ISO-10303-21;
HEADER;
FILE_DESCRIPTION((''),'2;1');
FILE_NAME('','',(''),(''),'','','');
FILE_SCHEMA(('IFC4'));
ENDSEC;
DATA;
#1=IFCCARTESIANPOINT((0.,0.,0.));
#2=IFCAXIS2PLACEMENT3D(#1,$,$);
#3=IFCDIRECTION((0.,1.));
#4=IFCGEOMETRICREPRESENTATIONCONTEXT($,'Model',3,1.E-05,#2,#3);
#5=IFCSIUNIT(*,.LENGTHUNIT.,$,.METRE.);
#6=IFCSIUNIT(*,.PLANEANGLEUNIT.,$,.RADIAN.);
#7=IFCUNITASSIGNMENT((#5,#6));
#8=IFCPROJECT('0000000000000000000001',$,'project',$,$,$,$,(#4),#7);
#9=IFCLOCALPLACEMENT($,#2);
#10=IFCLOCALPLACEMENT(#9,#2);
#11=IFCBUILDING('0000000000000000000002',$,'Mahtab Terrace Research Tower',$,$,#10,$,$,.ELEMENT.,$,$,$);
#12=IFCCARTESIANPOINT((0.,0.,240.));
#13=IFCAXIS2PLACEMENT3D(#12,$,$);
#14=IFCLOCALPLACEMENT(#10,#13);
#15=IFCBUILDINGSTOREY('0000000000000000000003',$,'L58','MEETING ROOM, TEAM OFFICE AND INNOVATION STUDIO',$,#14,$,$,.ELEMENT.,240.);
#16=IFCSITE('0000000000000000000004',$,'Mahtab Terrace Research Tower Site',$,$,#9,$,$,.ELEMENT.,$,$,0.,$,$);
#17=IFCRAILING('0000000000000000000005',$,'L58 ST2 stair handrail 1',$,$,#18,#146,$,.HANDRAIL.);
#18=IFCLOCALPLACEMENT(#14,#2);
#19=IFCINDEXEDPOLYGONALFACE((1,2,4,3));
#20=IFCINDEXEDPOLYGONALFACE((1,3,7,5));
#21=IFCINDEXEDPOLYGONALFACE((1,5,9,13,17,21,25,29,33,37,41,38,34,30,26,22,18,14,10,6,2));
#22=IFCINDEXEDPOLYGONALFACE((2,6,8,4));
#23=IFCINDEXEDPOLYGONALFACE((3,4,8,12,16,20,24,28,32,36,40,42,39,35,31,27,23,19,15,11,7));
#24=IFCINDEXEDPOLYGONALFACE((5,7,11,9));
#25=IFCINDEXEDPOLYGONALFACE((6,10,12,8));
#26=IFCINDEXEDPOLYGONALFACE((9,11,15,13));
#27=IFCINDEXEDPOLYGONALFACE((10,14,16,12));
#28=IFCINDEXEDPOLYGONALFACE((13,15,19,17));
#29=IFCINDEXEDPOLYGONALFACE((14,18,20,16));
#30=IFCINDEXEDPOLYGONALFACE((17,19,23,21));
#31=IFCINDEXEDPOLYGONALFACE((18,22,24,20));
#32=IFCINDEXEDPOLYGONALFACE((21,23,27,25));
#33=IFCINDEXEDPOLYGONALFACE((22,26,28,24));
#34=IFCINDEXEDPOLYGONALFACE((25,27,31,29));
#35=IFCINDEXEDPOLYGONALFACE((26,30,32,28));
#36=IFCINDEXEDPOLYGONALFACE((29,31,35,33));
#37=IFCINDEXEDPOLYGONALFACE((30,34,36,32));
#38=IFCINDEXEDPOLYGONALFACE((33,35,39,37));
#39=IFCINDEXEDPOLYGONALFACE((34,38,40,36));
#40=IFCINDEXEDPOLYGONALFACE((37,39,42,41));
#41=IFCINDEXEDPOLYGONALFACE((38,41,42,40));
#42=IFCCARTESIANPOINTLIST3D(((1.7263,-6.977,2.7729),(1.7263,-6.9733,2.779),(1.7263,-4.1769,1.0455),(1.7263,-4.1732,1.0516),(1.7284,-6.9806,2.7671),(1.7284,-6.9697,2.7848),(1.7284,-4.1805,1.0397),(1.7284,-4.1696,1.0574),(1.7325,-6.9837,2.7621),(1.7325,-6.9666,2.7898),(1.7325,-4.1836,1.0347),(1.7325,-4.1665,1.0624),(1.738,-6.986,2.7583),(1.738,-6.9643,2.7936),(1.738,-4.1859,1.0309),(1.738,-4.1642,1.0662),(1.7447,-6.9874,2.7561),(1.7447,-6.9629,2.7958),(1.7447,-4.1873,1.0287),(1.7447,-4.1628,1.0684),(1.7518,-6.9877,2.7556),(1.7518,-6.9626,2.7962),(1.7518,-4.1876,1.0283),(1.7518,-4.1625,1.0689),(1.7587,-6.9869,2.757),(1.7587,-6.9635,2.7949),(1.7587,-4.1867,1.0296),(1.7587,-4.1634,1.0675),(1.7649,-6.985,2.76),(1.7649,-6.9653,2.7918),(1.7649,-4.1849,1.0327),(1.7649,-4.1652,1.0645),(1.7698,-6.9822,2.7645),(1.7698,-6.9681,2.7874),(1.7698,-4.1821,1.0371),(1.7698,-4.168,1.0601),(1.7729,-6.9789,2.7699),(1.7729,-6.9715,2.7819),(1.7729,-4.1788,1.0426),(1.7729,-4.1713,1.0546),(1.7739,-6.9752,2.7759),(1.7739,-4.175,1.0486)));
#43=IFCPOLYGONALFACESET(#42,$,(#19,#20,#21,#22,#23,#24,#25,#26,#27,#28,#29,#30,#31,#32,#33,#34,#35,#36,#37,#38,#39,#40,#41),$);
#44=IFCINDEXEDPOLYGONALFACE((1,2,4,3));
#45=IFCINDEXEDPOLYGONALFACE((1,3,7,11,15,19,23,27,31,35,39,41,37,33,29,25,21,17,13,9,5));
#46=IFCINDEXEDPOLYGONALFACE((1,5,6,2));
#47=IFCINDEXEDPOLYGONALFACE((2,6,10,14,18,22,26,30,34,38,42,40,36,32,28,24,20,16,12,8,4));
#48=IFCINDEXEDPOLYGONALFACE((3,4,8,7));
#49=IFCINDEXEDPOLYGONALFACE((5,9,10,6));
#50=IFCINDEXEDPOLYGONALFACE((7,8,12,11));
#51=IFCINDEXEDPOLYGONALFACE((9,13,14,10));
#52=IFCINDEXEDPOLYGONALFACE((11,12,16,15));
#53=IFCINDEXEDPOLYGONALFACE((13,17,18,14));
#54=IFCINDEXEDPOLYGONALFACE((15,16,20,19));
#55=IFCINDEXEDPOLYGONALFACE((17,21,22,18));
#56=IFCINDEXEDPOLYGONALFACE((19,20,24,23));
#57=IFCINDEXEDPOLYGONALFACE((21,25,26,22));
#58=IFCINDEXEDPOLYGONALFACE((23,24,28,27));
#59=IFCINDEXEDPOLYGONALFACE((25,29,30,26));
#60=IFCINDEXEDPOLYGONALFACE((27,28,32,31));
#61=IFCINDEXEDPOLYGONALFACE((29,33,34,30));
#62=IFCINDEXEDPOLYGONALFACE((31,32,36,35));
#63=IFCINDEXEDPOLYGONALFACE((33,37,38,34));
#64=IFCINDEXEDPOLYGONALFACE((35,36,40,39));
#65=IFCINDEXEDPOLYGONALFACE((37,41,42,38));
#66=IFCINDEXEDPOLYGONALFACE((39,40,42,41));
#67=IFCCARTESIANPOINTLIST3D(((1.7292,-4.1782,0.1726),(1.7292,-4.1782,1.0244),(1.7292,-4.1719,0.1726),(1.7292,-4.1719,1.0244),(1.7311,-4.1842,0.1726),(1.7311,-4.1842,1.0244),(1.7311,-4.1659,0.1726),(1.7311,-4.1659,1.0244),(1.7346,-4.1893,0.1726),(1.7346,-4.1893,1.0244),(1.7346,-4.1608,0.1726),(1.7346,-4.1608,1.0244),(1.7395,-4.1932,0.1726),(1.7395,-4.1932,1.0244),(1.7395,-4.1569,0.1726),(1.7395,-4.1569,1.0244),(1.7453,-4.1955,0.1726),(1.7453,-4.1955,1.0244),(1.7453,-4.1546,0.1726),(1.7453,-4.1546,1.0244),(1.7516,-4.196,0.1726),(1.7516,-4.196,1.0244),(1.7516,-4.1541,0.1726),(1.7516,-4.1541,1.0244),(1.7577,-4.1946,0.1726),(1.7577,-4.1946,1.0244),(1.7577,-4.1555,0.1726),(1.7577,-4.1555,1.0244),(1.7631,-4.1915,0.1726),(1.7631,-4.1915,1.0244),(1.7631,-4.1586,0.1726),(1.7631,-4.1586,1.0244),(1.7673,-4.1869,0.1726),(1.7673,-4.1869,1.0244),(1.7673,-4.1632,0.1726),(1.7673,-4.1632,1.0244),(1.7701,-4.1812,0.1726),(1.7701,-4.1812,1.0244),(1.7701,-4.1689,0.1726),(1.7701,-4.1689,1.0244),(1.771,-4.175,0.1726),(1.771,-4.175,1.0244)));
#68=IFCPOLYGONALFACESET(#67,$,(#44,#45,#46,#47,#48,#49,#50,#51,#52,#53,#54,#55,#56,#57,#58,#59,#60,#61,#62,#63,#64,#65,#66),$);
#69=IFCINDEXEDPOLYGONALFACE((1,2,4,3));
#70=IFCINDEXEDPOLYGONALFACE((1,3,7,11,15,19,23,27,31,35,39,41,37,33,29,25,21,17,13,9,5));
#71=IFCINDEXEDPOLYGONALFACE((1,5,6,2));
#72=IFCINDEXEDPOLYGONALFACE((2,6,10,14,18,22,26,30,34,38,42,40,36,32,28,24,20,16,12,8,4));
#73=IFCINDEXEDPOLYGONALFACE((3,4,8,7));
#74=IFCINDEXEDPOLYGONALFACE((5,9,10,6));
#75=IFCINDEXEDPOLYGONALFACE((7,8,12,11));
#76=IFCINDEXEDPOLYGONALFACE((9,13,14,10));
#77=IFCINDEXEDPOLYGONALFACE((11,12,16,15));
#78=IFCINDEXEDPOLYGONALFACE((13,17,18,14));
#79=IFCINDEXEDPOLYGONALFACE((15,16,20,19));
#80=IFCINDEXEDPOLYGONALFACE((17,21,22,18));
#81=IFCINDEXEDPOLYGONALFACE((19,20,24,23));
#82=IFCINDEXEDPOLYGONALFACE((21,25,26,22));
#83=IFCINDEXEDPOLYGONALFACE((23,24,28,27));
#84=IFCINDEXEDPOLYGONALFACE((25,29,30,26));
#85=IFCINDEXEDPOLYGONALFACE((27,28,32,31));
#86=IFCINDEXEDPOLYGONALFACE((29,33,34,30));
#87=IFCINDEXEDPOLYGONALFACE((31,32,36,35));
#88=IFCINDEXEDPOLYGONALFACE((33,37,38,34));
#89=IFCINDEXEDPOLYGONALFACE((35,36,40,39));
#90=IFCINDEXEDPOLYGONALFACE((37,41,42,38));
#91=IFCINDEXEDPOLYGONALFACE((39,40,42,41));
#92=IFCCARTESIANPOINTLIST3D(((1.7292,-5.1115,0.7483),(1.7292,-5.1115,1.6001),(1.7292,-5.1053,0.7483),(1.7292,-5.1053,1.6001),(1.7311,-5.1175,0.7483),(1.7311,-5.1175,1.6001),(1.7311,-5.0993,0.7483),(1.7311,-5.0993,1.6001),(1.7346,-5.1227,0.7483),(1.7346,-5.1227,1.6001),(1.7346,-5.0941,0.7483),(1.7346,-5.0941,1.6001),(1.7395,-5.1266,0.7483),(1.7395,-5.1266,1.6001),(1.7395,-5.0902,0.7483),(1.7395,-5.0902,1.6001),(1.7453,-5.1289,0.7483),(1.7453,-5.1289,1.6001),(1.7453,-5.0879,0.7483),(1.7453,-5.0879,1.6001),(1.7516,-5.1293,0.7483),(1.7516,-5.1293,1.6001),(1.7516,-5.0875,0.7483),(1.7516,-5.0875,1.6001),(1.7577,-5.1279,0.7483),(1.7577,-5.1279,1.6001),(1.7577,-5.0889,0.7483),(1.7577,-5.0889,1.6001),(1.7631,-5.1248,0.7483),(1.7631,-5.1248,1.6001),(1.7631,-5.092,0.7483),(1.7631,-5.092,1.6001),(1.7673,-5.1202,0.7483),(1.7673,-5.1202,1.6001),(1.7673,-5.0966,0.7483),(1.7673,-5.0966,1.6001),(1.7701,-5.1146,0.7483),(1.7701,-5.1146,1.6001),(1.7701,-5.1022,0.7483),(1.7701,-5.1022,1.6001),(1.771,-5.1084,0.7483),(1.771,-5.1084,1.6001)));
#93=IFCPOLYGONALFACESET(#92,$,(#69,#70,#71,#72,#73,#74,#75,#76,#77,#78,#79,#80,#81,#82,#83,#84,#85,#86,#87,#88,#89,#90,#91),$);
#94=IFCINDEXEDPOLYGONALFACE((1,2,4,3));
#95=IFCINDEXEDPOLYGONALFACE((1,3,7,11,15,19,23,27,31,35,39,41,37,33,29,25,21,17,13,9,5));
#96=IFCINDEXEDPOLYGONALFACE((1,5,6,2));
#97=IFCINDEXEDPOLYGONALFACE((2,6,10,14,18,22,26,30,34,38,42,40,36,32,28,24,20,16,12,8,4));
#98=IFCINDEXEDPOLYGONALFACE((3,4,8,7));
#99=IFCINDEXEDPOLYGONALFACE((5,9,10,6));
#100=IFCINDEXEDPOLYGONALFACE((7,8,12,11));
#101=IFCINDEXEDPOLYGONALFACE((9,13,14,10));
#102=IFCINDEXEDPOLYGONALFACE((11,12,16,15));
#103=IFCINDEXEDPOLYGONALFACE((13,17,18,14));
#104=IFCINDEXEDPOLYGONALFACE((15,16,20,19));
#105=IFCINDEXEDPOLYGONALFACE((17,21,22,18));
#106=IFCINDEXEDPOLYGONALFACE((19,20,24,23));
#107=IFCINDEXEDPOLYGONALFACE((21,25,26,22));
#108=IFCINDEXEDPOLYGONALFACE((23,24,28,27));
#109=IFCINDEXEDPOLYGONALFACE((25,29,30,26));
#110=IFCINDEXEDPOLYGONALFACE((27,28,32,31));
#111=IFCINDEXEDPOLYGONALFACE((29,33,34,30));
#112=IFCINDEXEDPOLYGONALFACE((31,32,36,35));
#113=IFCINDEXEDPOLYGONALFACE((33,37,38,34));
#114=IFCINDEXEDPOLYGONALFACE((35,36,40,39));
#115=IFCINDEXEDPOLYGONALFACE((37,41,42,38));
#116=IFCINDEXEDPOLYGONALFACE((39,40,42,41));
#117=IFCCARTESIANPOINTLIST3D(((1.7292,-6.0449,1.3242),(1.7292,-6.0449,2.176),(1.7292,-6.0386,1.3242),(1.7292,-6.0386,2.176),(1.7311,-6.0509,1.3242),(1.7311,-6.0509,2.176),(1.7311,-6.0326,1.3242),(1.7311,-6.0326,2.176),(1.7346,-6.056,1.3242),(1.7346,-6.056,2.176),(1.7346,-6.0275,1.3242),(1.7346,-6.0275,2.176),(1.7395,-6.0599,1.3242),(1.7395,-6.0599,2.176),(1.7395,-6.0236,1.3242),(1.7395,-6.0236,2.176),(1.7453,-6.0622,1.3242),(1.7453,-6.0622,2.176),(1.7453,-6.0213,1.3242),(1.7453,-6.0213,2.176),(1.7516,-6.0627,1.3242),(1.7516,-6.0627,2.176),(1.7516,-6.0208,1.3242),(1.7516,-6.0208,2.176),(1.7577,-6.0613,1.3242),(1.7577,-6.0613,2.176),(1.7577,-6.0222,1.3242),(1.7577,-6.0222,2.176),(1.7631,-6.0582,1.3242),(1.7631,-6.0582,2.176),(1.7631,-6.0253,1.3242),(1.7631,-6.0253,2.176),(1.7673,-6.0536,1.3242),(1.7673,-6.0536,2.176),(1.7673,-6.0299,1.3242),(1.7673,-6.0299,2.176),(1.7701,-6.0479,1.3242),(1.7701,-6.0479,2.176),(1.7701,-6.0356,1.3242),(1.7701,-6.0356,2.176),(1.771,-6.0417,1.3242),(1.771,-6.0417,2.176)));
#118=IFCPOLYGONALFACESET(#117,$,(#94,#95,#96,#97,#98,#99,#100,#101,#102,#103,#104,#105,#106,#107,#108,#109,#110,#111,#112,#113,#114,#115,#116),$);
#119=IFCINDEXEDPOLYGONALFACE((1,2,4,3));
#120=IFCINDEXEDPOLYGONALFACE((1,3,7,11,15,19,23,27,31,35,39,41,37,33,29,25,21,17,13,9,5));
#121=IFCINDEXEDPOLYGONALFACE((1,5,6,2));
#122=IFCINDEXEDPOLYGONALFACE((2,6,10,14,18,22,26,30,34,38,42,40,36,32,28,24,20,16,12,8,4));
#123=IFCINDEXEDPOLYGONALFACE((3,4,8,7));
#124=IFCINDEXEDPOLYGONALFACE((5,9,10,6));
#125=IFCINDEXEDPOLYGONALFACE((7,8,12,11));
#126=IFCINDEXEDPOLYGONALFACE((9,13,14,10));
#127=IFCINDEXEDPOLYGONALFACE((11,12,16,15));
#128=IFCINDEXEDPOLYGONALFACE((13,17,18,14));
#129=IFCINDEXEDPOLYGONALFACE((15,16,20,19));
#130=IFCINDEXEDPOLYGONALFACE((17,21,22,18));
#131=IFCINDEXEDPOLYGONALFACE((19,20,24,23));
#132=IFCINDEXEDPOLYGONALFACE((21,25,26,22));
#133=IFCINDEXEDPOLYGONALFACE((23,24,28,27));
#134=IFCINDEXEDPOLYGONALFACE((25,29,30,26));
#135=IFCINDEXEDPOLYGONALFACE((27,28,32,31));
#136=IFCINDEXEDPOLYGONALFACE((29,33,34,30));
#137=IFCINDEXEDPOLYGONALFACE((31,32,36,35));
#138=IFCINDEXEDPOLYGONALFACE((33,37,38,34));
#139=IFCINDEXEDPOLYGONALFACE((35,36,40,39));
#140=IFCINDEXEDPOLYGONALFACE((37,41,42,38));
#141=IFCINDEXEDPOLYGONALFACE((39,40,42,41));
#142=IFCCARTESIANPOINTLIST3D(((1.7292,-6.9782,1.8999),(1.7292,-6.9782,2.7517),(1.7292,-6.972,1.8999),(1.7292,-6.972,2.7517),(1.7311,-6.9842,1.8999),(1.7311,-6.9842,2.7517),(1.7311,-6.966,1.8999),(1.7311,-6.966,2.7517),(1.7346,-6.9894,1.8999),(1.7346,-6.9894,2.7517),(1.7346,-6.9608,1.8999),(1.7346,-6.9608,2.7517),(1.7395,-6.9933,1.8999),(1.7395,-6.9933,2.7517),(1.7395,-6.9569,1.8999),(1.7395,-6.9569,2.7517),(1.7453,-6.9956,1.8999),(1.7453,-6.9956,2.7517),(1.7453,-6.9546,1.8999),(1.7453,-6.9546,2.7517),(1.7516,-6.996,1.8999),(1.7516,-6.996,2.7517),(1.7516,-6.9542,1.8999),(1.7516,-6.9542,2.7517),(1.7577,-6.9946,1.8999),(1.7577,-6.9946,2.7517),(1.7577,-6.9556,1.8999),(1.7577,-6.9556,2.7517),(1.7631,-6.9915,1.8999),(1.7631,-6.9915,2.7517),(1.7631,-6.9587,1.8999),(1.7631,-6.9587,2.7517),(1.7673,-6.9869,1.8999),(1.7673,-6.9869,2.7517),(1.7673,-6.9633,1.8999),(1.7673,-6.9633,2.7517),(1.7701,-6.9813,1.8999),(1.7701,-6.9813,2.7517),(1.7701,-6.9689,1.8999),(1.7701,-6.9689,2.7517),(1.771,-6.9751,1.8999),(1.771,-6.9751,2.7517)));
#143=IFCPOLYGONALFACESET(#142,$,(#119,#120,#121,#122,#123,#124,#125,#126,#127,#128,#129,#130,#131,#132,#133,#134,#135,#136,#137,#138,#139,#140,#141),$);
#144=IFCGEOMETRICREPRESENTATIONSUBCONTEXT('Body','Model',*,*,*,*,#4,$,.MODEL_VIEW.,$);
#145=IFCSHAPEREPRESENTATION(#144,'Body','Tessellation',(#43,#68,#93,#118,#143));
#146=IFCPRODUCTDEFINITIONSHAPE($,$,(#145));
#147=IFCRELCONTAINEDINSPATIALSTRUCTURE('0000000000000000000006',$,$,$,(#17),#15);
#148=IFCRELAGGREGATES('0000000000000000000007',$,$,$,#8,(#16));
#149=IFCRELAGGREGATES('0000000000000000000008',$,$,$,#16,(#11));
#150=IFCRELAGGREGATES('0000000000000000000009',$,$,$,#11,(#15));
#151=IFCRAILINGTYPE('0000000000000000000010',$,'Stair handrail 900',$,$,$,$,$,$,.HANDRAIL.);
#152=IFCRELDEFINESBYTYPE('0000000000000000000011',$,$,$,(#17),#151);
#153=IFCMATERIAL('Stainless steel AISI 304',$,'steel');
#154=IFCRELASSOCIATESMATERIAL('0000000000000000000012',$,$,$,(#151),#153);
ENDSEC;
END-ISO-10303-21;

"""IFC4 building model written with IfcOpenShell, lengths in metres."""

from ifc_helpers import new_model, si_unit, direction, frame, origin, origin_2d, place, context, subcontext, project, spatial, circle, extrude, material, type_object, element, save


model = new_model("IFC4")

# Units and contexts
model_context = context("Model", 3, precision=1e-05, world=origin(), true_north=direction((0.0, 1.0)))
body_context = subcontext(model_context, "Body", "Model", "MODEL_VIEW")
ifc_project = project(units=[si_unit("LENGTHUNIT", "METRE"), si_unit("PLANEANGLEUNIT", "RADIAN")], contexts=[model_context])

# Site, building, storey
site_placement = place(None, origin())
site = spatial("IfcSite", under=ifc_project, at=site_placement, Name="Mahtab Terrace Research Tower Site", CompositionType="ELEMENT", RefElevation=0.0)
building_placement = place(site_placement, origin())
building = spatial("IfcBuilding", under=site, at=building_placement, Name="Mahtab Terrace Research Tower", CompositionType="ELEMENT")
storey_placement = place(building_placement, frame((0.0, 0.0, 240.0)))
storey = spatial("IfcBuildingStorey", under=building, at=storey_placement, Name="L58", Description="MEETING ROOM, TEAM OFFICE AND INNOVATION STUDIO", CompositionType="ELEMENT", Elevation=240.0)

# Railing
ifc_material_1 = material(Name="Stainless steel AISI 304", Category="steel")
railing_type_1 = type_object("IfcRailingType", Name="Stair handrail 900", PredefinedType="HANDRAIL", material=ifc_material_1)
railing_1_placement = place(storey_placement, frame((1.75, -4.175, 0.1726)))
element("IfcRailing", 1, at=railing_1_placement, inside=storey, type_object=railing_type_1, Name="L58 ST2 stair handrail 1", PredefinedType="HANDRAIL", context=body_context, shape_type="SweptSolid", body=[
    extrude(circle(Radius=0.0239, at=origin_2d()), frame((0.0, 0.0, 0.876), z_axis=(0.0, -0.85109, 0.52502), x_axis=(1.0, 0.0, 0.0)), (0.0, 0.0, 1.0), 3.29),
    extrude(circle(Radius=0.021, at=origin_2d()), origin(), (0.0, 0.0, 1.0), 0.8518),
    extrude(circle(Radius=0.021, at=origin_2d()), frame((0.0, -0.9333, 0.5757)), (0.0, 0.0, 1.0), 0.8518),
    extrude(circle(Radius=0.021, at=origin_2d()), frame((0.0, -1.8667, 1.1516)), (0.0, 0.0, 1.0), 0.8518),
    extrude(circle(Radius=0.021, at=origin_2d()), frame((0.0, -2.8, 1.7273)), (0.0, 0.0, 1.0), 0.8518),
])

save(model, "model.ifc")
